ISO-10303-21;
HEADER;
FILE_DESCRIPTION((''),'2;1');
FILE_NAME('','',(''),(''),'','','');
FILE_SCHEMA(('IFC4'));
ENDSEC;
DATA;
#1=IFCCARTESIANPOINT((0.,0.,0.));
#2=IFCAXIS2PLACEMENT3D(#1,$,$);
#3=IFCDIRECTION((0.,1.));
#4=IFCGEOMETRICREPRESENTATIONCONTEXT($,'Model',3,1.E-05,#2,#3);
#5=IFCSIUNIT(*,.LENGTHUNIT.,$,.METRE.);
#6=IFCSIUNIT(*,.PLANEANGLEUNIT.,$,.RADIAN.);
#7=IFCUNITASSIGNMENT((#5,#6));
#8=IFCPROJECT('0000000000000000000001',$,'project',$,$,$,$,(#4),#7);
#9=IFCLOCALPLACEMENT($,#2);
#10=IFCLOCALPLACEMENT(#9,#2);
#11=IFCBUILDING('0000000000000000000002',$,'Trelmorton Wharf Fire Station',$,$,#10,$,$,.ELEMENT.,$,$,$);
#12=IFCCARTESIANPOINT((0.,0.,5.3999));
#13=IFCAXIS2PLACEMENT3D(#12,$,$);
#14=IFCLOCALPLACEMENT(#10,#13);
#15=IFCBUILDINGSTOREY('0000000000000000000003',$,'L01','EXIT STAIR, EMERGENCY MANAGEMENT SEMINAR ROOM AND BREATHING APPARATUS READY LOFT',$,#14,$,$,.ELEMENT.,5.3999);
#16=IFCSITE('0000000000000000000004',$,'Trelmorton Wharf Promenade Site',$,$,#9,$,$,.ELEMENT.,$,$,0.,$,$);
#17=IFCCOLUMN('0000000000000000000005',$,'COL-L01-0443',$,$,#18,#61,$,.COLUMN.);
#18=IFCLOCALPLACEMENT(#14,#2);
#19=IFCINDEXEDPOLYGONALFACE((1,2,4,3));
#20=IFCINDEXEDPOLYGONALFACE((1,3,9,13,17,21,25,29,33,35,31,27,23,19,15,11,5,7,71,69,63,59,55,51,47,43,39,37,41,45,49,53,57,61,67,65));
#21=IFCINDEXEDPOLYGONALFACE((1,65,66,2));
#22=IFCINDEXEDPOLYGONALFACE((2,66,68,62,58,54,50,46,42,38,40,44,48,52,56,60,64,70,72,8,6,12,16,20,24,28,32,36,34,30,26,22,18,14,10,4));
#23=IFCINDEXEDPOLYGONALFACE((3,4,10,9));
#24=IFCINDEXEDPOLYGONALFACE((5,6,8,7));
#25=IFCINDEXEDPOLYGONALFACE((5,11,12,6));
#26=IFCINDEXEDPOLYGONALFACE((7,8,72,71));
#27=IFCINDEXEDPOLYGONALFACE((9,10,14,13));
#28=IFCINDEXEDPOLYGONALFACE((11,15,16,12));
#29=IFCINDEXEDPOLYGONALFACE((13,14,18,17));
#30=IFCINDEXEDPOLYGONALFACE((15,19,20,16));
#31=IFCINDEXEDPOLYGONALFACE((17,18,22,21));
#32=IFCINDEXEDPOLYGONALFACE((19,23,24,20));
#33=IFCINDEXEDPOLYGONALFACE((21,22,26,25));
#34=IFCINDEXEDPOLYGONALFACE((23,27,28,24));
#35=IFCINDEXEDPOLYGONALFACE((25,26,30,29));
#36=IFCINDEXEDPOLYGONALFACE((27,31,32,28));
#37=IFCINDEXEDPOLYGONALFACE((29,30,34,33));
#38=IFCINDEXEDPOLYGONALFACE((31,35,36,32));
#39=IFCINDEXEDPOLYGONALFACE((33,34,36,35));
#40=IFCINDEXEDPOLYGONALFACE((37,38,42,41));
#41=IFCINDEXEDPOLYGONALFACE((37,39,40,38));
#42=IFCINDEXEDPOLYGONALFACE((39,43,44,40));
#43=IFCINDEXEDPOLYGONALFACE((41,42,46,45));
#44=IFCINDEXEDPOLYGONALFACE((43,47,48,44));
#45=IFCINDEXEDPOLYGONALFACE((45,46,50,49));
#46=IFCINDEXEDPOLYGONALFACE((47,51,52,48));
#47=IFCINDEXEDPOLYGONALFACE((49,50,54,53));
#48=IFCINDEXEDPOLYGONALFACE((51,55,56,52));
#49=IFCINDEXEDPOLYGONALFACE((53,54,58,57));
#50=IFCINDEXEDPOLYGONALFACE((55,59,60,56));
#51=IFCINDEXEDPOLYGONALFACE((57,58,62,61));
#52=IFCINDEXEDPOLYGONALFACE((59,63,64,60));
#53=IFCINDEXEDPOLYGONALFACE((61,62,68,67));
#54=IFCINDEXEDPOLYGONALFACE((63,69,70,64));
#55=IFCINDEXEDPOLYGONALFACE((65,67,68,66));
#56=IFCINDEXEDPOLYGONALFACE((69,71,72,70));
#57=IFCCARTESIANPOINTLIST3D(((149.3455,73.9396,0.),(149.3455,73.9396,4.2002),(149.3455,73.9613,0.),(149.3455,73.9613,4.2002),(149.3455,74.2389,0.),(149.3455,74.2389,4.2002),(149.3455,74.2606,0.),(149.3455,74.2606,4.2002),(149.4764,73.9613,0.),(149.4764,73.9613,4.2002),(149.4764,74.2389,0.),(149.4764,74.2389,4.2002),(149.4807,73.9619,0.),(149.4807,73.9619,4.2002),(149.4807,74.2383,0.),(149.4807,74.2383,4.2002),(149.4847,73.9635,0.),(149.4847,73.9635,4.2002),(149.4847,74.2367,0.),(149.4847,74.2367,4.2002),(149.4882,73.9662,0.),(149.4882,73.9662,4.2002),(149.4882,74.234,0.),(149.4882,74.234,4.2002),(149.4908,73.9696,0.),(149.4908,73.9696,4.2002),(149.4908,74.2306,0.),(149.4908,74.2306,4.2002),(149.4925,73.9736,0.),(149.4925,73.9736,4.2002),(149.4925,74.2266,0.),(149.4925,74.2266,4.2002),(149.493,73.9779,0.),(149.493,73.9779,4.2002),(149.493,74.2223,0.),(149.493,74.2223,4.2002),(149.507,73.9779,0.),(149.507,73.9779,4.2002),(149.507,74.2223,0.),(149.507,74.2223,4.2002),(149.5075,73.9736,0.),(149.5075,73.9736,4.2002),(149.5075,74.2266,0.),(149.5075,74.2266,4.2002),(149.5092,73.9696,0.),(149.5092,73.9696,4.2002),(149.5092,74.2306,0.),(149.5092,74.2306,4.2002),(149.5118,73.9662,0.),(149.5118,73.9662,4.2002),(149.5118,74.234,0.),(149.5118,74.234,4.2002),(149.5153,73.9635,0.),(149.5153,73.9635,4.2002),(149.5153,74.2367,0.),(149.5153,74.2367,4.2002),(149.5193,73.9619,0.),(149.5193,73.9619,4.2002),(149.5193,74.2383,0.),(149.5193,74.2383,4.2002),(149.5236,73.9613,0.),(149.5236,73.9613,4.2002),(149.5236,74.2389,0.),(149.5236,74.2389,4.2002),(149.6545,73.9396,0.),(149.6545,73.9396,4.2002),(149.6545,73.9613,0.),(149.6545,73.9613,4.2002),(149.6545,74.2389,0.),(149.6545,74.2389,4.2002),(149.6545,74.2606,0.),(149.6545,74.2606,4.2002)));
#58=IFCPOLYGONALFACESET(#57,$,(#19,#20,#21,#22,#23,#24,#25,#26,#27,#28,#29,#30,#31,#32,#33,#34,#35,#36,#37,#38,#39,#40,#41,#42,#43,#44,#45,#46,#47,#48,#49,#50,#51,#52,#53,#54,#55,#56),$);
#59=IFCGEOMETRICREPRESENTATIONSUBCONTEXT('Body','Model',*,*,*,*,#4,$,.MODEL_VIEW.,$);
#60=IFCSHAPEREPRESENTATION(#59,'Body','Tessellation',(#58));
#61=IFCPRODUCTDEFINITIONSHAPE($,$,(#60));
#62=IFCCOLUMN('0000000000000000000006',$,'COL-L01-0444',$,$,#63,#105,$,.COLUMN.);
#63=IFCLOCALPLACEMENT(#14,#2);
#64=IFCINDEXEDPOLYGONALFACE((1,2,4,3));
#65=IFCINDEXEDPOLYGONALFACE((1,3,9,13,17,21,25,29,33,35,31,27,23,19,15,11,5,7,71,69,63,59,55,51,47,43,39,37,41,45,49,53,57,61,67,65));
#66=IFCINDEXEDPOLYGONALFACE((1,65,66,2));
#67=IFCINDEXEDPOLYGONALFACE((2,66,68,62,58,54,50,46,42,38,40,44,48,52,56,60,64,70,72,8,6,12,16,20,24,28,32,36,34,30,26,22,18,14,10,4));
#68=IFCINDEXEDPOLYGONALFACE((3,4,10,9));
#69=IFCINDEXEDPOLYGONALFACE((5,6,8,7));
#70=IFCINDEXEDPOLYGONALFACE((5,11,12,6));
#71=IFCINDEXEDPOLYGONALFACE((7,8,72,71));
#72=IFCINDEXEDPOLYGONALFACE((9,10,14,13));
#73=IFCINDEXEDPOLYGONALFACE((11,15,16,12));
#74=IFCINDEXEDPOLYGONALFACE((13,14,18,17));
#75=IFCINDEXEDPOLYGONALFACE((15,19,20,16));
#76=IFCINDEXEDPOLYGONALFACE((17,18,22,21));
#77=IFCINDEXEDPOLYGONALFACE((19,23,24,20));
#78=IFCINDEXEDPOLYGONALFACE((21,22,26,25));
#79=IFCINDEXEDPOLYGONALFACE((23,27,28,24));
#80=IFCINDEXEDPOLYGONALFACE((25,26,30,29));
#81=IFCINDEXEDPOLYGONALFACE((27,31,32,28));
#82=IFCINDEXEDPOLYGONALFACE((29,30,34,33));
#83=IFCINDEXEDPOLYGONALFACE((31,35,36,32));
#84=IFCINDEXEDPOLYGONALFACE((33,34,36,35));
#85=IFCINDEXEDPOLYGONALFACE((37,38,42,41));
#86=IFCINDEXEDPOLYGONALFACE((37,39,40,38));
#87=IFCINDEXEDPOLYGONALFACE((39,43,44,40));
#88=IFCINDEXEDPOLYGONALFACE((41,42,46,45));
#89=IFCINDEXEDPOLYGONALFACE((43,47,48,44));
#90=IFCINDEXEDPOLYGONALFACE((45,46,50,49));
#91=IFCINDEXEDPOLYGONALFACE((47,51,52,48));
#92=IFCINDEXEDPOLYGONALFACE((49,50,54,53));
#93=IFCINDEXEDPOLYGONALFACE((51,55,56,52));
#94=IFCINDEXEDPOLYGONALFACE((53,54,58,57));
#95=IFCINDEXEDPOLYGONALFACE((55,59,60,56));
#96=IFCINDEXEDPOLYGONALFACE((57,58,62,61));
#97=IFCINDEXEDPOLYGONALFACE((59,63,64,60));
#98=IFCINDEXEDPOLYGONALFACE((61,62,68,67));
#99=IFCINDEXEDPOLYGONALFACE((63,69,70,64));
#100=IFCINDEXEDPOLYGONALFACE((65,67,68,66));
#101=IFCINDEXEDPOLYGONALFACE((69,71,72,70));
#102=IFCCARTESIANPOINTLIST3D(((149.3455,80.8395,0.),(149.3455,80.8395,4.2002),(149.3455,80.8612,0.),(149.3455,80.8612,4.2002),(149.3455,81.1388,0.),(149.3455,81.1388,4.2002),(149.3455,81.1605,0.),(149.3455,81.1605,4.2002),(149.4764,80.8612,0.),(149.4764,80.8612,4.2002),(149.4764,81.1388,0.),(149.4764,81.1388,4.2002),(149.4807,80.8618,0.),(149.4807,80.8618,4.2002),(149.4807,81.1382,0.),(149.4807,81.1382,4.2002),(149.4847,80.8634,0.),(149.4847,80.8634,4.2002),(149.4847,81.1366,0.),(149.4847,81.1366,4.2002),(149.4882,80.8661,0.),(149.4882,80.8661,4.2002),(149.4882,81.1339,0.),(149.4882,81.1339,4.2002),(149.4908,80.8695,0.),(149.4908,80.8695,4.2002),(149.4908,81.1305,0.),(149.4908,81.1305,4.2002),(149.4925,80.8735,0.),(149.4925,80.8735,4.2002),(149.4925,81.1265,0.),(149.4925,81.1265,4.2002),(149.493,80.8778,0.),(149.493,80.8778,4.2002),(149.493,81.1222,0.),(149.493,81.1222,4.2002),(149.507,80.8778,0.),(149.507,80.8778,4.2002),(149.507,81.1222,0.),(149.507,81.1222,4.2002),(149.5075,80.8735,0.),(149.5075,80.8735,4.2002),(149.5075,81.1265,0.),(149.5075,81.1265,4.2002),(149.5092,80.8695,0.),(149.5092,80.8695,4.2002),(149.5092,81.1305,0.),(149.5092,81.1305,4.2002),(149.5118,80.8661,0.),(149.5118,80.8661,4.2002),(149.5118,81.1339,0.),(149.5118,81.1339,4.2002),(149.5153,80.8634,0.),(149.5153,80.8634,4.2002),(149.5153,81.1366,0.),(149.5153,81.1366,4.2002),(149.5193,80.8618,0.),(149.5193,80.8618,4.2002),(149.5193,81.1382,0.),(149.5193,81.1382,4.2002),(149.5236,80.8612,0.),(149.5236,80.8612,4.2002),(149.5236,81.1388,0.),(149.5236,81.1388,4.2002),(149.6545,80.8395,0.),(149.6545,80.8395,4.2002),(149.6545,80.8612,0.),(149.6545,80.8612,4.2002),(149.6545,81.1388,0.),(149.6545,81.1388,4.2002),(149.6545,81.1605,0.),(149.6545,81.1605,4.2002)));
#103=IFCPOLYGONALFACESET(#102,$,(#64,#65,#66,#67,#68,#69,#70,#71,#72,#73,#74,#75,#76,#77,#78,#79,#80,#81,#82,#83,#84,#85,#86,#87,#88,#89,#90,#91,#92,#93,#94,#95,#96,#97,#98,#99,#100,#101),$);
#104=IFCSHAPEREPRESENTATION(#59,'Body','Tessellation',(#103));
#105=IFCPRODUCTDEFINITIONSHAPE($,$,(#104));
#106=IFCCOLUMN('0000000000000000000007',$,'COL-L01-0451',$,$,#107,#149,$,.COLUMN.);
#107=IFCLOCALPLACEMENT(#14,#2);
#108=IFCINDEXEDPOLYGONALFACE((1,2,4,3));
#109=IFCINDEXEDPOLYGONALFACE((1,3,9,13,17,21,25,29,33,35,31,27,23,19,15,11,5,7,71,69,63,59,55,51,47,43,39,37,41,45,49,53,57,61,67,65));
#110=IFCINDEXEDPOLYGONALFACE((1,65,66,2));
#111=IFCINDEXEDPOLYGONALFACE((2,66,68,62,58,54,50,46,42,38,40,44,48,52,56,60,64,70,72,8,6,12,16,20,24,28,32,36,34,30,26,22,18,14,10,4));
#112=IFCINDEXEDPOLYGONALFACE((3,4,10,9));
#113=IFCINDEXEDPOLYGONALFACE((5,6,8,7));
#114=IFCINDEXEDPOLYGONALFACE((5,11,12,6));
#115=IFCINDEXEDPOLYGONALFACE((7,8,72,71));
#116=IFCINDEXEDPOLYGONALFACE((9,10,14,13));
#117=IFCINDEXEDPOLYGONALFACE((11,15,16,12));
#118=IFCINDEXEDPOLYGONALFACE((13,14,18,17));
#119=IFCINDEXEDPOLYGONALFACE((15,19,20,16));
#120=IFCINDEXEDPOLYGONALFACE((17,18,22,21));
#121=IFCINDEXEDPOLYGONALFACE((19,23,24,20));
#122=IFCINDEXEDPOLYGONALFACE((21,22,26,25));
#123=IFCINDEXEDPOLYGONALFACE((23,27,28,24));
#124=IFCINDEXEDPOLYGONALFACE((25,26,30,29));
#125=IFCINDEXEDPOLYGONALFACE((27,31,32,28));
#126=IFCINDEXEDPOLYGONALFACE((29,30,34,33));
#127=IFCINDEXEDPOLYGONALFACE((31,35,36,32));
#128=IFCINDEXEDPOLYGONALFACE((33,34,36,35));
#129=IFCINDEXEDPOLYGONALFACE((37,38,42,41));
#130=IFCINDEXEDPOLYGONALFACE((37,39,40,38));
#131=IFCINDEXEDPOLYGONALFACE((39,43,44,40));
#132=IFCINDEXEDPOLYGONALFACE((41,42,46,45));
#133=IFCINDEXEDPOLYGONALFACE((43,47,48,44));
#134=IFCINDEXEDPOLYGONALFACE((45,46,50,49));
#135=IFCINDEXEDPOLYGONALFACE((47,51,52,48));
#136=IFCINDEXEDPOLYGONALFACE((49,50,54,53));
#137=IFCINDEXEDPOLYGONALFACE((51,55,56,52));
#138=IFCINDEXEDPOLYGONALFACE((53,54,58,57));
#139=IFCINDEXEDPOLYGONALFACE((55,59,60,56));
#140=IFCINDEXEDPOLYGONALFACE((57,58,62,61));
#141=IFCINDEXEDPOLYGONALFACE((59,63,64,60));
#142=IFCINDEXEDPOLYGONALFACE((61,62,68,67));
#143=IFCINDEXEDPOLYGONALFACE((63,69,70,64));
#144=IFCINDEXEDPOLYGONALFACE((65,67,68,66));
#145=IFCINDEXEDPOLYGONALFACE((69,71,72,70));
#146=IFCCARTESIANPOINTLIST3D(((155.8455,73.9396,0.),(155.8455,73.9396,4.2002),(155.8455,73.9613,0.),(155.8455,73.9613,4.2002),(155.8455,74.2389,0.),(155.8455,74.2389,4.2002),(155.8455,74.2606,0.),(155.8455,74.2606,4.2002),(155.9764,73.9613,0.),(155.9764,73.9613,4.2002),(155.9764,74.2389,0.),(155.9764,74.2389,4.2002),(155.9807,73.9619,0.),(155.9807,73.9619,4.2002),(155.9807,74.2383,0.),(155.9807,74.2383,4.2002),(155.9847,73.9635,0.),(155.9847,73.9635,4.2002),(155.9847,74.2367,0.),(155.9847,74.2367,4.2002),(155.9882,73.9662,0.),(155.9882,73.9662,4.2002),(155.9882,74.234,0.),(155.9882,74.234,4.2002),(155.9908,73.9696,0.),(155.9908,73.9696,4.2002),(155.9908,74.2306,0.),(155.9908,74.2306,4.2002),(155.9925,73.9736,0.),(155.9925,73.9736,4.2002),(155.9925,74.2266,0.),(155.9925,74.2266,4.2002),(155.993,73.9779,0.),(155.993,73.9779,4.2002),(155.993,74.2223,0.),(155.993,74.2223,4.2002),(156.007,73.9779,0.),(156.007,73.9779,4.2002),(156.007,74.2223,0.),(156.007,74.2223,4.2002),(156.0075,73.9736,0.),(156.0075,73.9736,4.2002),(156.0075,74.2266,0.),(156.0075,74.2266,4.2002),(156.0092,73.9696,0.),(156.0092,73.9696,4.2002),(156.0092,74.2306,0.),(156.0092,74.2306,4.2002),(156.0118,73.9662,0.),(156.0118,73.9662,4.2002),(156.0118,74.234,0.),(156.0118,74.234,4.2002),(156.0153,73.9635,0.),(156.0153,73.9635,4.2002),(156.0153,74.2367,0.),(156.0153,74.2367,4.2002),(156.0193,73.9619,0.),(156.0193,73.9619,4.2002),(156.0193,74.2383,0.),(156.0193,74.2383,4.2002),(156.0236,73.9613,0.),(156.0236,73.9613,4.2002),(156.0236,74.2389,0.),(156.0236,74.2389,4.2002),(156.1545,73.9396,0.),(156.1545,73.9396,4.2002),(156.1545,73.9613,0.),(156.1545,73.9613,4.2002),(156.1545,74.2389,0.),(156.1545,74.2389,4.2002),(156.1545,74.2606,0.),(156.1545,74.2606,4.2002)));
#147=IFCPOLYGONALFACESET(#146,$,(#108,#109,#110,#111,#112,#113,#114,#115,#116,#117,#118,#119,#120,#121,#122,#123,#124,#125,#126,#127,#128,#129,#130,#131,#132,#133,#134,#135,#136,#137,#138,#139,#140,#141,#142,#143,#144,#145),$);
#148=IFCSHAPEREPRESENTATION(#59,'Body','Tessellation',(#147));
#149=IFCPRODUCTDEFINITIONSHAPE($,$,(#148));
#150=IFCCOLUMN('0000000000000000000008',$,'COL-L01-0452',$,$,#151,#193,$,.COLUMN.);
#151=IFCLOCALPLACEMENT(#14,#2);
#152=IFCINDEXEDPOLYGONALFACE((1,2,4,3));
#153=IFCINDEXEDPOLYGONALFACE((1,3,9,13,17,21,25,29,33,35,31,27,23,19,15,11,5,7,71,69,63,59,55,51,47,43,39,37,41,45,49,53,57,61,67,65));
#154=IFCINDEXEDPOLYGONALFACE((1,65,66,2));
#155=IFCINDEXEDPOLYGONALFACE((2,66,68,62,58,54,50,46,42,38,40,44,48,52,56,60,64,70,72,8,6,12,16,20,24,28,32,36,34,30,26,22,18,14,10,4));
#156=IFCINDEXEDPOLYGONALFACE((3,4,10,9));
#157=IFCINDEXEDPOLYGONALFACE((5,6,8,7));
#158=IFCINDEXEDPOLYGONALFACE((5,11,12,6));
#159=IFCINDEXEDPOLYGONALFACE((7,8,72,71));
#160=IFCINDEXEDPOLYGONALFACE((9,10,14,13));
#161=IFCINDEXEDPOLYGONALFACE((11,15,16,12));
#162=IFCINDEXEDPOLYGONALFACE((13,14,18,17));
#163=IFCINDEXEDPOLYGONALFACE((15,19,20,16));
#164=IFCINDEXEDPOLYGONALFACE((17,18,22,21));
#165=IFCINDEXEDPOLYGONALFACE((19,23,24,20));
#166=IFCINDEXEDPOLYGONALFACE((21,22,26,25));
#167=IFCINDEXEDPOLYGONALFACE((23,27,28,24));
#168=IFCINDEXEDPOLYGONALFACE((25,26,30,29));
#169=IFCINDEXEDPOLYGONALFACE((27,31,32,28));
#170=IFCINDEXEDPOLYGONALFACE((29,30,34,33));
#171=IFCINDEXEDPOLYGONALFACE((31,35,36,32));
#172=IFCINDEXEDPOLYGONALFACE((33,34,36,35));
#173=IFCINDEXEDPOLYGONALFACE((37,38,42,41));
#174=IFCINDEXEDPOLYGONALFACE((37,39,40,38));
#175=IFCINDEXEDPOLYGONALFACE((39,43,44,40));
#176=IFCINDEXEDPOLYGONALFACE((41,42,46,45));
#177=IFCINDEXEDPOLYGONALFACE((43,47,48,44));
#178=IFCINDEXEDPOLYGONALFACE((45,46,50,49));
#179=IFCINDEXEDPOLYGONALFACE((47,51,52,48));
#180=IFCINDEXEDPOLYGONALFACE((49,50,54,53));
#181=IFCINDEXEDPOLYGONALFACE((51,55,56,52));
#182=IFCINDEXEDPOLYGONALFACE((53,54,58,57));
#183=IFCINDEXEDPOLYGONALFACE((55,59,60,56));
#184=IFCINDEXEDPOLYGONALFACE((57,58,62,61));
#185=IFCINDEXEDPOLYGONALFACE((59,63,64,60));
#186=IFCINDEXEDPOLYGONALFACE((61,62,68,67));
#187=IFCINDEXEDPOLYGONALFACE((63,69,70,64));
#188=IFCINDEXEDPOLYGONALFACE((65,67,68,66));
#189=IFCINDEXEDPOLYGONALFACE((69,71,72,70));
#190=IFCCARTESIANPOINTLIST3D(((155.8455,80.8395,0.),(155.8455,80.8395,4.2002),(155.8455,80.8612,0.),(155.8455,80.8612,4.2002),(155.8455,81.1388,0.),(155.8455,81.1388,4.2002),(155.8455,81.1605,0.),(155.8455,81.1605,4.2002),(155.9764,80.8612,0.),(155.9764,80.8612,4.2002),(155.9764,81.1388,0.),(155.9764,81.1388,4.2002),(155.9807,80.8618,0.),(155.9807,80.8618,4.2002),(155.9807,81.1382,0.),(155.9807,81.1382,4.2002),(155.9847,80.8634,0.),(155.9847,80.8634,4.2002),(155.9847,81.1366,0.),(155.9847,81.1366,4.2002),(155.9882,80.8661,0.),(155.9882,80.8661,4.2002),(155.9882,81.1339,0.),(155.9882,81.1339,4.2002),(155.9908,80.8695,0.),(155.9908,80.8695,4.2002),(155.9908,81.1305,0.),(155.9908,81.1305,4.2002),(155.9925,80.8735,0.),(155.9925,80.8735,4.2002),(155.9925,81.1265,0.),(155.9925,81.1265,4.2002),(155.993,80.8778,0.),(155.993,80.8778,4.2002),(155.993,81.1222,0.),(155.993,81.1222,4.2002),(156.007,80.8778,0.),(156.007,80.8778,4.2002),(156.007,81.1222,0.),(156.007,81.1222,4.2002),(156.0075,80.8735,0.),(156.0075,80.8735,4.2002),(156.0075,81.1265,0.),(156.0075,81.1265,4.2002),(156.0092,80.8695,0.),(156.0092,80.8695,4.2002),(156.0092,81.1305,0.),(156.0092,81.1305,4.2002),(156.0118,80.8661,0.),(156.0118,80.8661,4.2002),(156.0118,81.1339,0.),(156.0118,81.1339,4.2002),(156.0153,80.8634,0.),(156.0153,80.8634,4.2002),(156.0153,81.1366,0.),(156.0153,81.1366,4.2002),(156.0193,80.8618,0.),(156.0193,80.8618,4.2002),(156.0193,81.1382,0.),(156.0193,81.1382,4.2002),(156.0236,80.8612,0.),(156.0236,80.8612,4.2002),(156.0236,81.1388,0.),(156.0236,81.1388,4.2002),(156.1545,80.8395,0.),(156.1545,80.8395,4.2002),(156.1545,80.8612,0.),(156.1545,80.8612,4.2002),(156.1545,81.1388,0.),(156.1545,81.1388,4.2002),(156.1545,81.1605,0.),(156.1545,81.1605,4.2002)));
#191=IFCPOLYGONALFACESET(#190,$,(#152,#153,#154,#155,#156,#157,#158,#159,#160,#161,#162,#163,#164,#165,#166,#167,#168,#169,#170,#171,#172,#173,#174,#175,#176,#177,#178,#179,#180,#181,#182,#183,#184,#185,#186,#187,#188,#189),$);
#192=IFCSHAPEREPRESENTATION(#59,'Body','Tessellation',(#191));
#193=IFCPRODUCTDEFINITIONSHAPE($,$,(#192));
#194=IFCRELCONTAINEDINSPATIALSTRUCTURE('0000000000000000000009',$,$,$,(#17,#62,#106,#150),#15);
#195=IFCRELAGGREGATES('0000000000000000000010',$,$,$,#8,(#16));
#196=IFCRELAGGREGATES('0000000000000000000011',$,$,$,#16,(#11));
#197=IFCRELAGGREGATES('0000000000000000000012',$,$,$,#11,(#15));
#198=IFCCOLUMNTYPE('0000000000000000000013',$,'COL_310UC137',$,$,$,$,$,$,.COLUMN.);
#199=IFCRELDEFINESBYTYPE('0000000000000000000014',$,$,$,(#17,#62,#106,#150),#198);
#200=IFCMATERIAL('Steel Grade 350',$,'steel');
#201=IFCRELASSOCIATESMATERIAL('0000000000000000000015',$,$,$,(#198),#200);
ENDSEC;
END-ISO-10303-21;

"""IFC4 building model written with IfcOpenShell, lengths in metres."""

from ifc_helpers import new_model, si_unit, direction, frame, origin, origin_2d, place, context, subcontext, project, spatial, i_section, extrude, material, material_profile, profile_set, type_object, element, save


model = new_model("IFC4")

# Units and contexts
model_context = context("Model", 3, precision=1e-05, world=origin(), true_north=direction((0.0, 1.0)))
body_context = subcontext(model_context, "Body", "Model", "MODEL_VIEW")
ifc_project = project(units=[si_unit("LENGTHUNIT", "METRE"), si_unit("PLANEANGLEUNIT", "RADIAN")], contexts=[model_context])

# Site, building, storey
site_placement = place(None, origin())
site = spatial("IfcSite", under=ifc_project, at=site_placement, Name="Trelmorton Wharf Promenade Site", CompositionType="ELEMENT", RefElevation=0.0)
building_placement = place(site_placement, origin())
building = spatial("IfcBuilding", under=site, at=building_placement, Name="Trelmorton Wharf Fire Station", CompositionType="ELEMENT")
storey_placement = place(building_placement, frame((0.0, 0.0, 5.3999)))
storey = spatial("IfcBuildingStorey", under=building, at=storey_placement, Name="L01", Description="EXIT STAIR, EMERGENCY MANAGEMENT SEMINAR ROOM AND BREATHING APPARATUS READY LOFT", CompositionType="ELEMENT", Elevation=5.3999)

# Columns
ifc_material_1 = material(Name="Steel Grade 350", Category="steel")
ifc_material_profile_1 = material_profile(ifc_material_1, i_section(OverallWidth=0.3091, OverallDepth=0.321, WebThickness=0.0139, FlangeThickness=0.0217, FilletRadius=0.0166, at=origin_2d()), Name="310UC137")
ifc_profile_set_1 = profile_set([ifc_material_profile_1], Name="Steel Grade 350")
column_type_1 = type_object("IfcColumnType", Name="COL_310UC137", PredefinedType="COLUMN", material=ifc_profile_set_1)
for number, where, z_axis, x_axis, name in (
    (1, (149.5, 74.1001, 0.0), (0.0, 0.0, 1.0), (1.0, 0.0, 0.0), "COL-L01-0443"),
    (2, (149.5, 81.0, 0.0), (0.0, 0.0, 1.0), (1.0, 0.0, 0.0), "COL-L01-0444"),
    (3, (156.0, 74.1001, 0.0), (0.0, 0.0, 1.0), (1.0, 0.0, 0.0), "COL-L01-0451"),
    (4, (156.0, 81.0, 0.0), (0.0, 0.0, 1.0), (1.0, 0.0, 0.0), "COL-L01-0452"),
):
    element("IfcColumn", number, at=place(storey_placement, frame(where, z_axis=z_axis, x_axis=x_axis)), inside=storey, type_object=column_type_1, Name=name, PredefinedType="COLUMN", context=body_context, shape_type="SweptSolid", body=[
        extrude(i_section(OverallWidth=0.3091, OverallDepth=0.321, WebThickness=0.0139, FlangeThickness=0.0217, FilletRadius=0.0166, at=origin_2d()), origin(), (0.0, 0.0, 1.0), 4.2002),
    ])

save(model, "model.ifc")
